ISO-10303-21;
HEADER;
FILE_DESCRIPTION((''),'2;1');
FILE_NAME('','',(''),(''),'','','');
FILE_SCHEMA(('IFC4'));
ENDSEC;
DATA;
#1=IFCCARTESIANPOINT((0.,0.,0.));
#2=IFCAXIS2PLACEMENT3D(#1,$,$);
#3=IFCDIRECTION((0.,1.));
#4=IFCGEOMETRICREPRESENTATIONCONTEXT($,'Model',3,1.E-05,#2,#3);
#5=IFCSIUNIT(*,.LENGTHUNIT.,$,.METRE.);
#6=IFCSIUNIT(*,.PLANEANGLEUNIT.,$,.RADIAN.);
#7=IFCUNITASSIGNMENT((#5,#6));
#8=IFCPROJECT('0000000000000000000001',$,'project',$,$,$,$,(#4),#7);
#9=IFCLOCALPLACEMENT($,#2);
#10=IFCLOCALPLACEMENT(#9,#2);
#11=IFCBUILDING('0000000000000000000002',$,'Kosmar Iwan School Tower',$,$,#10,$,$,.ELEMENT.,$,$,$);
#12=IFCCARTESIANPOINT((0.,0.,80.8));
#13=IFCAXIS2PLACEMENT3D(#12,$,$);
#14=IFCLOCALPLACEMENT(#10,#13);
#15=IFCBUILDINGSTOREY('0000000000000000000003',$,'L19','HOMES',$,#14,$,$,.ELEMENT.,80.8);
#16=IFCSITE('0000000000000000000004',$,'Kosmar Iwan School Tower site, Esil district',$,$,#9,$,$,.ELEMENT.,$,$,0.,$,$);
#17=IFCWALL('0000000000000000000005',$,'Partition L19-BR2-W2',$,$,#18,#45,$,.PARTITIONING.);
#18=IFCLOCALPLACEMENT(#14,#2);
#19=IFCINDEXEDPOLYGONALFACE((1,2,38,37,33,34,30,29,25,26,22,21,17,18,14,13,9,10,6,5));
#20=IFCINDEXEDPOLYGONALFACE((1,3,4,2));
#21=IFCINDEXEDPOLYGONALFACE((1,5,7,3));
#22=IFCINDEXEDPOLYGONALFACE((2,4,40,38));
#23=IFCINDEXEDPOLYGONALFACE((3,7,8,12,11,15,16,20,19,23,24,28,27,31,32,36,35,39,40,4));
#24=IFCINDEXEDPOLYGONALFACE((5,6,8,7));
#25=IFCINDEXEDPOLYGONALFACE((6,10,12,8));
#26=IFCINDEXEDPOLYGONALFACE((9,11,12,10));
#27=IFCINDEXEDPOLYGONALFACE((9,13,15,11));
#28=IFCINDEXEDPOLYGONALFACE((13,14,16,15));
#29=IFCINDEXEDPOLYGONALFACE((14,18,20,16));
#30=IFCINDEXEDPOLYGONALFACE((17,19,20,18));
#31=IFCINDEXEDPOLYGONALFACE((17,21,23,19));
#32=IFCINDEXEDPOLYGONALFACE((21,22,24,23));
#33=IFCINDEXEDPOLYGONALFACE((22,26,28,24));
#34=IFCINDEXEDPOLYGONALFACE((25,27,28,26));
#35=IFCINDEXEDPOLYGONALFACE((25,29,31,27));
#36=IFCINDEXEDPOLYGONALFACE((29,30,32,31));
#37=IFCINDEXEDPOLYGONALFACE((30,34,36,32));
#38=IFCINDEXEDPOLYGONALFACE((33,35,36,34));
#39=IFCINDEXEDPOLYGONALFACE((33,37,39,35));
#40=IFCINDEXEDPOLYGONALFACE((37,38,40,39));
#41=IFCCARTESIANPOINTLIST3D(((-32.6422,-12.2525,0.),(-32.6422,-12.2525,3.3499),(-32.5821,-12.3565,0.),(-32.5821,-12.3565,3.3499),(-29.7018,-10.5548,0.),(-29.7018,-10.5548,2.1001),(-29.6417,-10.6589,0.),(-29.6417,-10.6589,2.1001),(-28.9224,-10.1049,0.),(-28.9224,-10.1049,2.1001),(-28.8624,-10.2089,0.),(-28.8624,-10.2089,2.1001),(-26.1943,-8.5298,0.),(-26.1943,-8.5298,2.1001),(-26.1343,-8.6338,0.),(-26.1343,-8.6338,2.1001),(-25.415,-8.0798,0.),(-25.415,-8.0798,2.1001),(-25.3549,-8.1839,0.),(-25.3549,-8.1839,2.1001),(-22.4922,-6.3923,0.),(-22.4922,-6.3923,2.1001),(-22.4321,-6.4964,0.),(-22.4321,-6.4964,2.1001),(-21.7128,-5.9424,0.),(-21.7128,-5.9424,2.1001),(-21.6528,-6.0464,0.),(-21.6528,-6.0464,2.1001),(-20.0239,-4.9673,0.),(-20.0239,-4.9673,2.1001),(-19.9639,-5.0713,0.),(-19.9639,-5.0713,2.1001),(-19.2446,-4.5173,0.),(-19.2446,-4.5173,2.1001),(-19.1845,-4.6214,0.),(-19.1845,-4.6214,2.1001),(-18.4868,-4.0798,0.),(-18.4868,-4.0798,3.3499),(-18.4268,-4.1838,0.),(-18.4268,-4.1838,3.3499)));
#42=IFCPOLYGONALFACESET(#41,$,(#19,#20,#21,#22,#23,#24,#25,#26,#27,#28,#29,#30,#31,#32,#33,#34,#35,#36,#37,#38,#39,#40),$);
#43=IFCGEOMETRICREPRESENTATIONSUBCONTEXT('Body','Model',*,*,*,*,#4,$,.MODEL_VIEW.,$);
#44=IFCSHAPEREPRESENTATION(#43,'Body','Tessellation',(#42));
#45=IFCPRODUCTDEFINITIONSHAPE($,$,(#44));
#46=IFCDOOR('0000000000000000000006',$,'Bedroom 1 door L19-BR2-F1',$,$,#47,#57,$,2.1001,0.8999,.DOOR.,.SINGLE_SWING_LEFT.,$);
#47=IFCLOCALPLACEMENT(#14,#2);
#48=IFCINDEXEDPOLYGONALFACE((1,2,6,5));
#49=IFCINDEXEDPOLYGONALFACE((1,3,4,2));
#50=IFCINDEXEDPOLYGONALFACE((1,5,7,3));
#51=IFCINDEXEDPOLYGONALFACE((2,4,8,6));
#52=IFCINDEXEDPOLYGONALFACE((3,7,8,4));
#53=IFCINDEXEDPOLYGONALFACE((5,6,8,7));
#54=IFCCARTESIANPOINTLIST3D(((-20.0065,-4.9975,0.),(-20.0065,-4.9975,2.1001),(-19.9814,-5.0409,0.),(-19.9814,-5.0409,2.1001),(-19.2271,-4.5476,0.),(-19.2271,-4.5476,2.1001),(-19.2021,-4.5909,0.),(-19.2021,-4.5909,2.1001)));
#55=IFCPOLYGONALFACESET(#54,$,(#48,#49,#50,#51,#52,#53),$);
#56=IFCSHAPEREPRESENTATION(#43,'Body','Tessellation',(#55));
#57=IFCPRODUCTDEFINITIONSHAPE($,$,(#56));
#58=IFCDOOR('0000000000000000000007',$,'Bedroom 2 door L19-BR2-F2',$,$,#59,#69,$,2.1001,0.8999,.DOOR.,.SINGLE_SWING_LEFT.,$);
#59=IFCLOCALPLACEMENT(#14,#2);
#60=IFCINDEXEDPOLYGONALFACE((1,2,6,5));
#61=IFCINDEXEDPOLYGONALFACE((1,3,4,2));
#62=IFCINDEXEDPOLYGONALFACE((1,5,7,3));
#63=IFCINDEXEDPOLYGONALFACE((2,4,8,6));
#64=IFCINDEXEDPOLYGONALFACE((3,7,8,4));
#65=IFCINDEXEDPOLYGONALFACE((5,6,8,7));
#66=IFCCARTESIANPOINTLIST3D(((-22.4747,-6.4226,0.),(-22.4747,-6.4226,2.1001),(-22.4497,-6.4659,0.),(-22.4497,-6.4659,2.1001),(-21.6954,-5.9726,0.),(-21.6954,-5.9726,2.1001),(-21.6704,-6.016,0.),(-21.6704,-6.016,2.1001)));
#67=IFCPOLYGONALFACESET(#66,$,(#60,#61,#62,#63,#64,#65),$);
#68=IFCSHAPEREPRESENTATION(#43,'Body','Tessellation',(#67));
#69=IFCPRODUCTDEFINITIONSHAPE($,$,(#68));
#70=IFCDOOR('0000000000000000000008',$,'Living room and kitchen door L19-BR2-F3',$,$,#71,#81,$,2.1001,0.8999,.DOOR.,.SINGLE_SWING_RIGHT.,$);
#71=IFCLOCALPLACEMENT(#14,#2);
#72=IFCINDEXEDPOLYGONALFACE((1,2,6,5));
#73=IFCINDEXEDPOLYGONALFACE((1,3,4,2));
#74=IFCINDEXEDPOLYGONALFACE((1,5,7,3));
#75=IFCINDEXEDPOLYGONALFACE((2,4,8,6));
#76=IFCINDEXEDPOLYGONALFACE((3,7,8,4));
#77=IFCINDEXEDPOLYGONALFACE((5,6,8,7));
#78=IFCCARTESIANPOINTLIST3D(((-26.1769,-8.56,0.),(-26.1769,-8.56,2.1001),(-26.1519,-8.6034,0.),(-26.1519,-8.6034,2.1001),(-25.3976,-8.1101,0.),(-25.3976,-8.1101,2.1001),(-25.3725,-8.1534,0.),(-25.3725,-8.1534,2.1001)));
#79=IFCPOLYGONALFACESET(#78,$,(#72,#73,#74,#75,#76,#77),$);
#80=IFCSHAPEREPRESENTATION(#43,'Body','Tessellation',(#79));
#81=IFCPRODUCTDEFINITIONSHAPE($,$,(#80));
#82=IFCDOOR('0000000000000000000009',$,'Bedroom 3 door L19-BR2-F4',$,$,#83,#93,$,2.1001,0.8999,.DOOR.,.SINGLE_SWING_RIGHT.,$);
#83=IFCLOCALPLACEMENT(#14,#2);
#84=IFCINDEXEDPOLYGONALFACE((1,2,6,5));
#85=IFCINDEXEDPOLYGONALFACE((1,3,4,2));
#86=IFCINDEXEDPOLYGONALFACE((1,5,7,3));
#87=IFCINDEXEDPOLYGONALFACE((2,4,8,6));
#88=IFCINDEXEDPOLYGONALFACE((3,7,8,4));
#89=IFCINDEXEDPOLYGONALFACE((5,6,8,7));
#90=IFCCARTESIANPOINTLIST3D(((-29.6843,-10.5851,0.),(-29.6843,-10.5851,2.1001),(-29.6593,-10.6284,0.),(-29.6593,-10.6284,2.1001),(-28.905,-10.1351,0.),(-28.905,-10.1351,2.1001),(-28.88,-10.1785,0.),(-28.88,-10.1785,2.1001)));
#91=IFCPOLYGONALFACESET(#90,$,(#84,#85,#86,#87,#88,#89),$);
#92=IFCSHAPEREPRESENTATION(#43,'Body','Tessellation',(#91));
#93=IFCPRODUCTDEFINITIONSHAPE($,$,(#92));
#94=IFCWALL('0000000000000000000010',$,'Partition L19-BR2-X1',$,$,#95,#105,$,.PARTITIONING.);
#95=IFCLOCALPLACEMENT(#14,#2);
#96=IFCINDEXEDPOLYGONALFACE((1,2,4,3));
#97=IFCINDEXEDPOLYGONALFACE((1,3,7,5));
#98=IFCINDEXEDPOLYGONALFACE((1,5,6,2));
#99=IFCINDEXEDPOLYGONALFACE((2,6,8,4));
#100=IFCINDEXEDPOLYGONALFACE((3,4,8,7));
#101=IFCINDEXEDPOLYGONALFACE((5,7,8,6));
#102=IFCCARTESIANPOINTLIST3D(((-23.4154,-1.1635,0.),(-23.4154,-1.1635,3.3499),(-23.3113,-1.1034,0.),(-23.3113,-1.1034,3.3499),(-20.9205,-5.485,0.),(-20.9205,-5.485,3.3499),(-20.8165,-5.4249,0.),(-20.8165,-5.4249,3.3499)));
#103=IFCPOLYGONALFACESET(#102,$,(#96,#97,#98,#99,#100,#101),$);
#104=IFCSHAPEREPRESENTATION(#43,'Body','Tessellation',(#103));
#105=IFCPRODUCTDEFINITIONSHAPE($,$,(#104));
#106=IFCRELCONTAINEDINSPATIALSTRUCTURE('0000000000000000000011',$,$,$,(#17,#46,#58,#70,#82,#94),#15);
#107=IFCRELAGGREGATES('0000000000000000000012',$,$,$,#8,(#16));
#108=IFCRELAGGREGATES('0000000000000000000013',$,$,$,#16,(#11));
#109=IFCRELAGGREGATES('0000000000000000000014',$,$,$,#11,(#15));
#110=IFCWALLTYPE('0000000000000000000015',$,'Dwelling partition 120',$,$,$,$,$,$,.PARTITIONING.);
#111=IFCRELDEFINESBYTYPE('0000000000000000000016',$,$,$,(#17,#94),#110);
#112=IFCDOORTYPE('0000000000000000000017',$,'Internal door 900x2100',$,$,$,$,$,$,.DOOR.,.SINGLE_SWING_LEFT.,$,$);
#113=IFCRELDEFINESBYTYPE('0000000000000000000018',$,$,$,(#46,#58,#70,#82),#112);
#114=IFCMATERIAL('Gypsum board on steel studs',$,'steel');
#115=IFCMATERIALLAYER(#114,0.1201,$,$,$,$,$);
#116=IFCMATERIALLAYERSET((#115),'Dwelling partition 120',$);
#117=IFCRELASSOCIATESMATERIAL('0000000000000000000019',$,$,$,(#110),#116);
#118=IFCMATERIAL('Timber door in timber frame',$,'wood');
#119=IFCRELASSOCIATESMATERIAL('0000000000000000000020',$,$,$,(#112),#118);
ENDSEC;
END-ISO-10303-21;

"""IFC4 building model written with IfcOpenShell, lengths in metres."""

from ifc_helpers import new_model, si_unit, direction, frame, frame_2d, origin, place, context, subcontext, project, spatial, rectangle, extrude, material, layer, layer_set, type_object, element, fill, save


model = new_model("IFC4")

# Units and contexts
model_context = context("Model", 3, precision=1e-05, world=origin(), true_north=direction((0.0, 1.0)))
body_context = subcontext(model_context, "Body", "Model", "MODEL_VIEW")
ifc_project = project(units=[si_unit("LENGTHUNIT", "METRE"), si_unit("PLANEANGLEUNIT", "RADIAN")], contexts=[model_context])

# Site, building, storey
site_placement = place(None, origin())
site = spatial("IfcSite", under=ifc_project, at=site_placement, Name="Kosmar Iwan School Tower site, Esil district", CompositionType="ELEMENT", RefElevation=0.0)
building_placement = place(site_placement, origin())
building = spatial("IfcBuilding", under=site, at=building_placement, Name="Kosmar Iwan School Tower", CompositionType="ELEMENT")
storey_placement = place(building_placement, frame((0.0, 0.0, 80.8)))
storey = spatial("IfcBuildingStorey", under=building, at=storey_placement, Name="L19", Description="HOMES", CompositionType="ELEMENT", Elevation=80.8)

# Shared definitions
ifc_material_1 = material(Name="Gypsum board on steel studs", Category="steel")
ifc_layer = layer(ifc_material_1, 0.1201)
ifc_layer_set = layer_set([ifc_layer], Name="Dwelling partition 120")
wall_type = type_object("IfcWallType", Name="Dwelling partition 120", PredefinedType="PARTITIONING", material=ifc_layer_set)

# Wall, openings, doors
ifc_material_2 = material(Name="Timber door in timber frame", Category="wood")
door_type_1 = type_object("IfcDoorType", Name="Internal door 900x2100", OperationType="SINGLE_SWING_LEFT", PredefinedType="DOOR", material=ifc_material_2)
wall_1_placement = place(storey_placement, frame((-18.4568, -4.1318, 0.0), z_axis=(0.0, 0.0, 1.0), x_axis=(-0.866024, -0.500003, 0.0)))
wall_1 = element("IfcWall", 1, at=wall_1_placement, inside=storey, type_object=wall_type, Name="Partition L19-BR2-W2", PredefinedType="PARTITIONING", context=body_context, shape_type="SweptSolid", body=[
    extrude(rectangle(XDim=16.3452, YDim=0.1201, at=frame_2d((8.1726, 0.0))), origin(), (0.0, 0.0, 1.0), 3.3499),
])
opening_1_placement = place(wall_1_placement, frame((0.875, 0.0, 0.0)))
opening_1 = element("IfcOpeningElement", 2, at=opening_1_placement, cuts=wall_1, PredefinedType="OPENING", context=body_context, shape_type="SweptSolid", body=[
    extrude(rectangle(XDim=0.8999, YDim=2.1001, at=frame_2d((0.45, 1.05))), frame((0.0, 0.072, 0.0), z_axis=(0.0, -1.0, 0.0), x_axis=(1.0, 0.0, 0.0)), (0.0, 0.0, 1.0), 0.144),
])
opening_2_placement = place(wall_1_placement, frame((3.7251, 0.0, 0.0)))
opening_2 = element("IfcOpeningElement", 3, at=opening_2_placement, cuts=wall_1, PredefinedType="OPENING", context=body_context, shape_type="SweptSolid", body=[
    extrude(rectangle(XDim=0.8999, YDim=2.1001, at=frame_2d((0.45, 1.05))), frame((0.0, 0.072, 0.0), z_axis=(0.0, -1.0, 0.0), x_axis=(1.0, 0.0, 0.0)), (0.0, 0.0, 1.0), 0.144),
])
opening_3_placement = place(wall_1_placement, frame((8.0, 0.0, 0.0)))
opening_3 = element("IfcOpeningElement", 4, at=opening_3_placement, cuts=wall_1, PredefinedType="OPENING", context=body_context, shape_type="SweptSolid", body=[
    extrude(rectangle(XDim=0.8999, YDim=2.1001, at=frame_2d((0.45, 1.05))), frame((0.0, 0.072, 0.0), z_axis=(0.0, -1.0, 0.0), x_axis=(1.0, 0.0, 0.0)), (0.0, 0.0, 1.0), 0.144),
])
opening_4_placement = place(wall_1_placement, frame((12.05, 0.0, 0.0)))
opening_4 = element("IfcOpeningElement", 5, at=opening_4_placement, cuts=wall_1, PredefinedType="OPENING", context=body_context, shape_type="SweptSolid", body=[
    extrude(rectangle(XDim=0.8999, YDim=2.1001, at=frame_2d((0.45, 1.05))), frame((0.0, 0.072, 0.0), z_axis=(0.0, -1.0, 0.0), x_axis=(1.0, 0.0, 0.0)), (0.0, 0.0, 1.0), 0.144),
])
door_1_placement = place(opening_1_placement, origin())
door_1 = element("IfcDoor", 6, at=door_1_placement, inside=storey, type_object=door_type_1, Name="Bedroom 1 door L19-BR2-F1", OperationType="SINGLE_SWING_LEFT", OverallHeight=2.1001, OverallWidth=0.8999, PredefinedType="DOOR", context=body_context, shape_type="SweptSolid", body=[
    extrude(rectangle(XDim=0.8999, YDim=2.1001, at=frame_2d((0.45, 1.05))), frame((0.0, 0.0249, 0.0), z_axis=(0.0, -1.0, 0.0), x_axis=(1.0, 0.0, 0.0)), (0.0, 0.0, 1.0), 0.05),
])
fill(opening_1, door_1)
door_2_placement = place(opening_2_placement, origin())
door_2 = element("IfcDoor", 7, at=door_2_placement, inside=storey, type_object=door_type_1, Name="Bedroom 2 door L19-BR2-F2", OperationType="SINGLE_SWING_LEFT", OverallHeight=2.1001, OverallWidth=0.8999, PredefinedType="DOOR", context=body_context, shape_type="SweptSolid", body=[
    extrude(rectangle(XDim=0.8999, YDim=2.1001, at=frame_2d((0.45, 1.05))), frame((0.0, 0.0249, 0.0), z_axis=(0.0, -1.0, 0.0), x_axis=(1.0, 0.0, 0.0)), (0.0, 0.0, 1.0), 0.05),
])
fill(opening_2, door_2)
door_3_placement = place(opening_3_placement, origin())
door_3 = element("IfcDoor", 8, at=door_3_placement, inside=storey, type_object=door_type_1, Name="Living room and kitchen door L19-BR2-F3", OperationType="SINGLE_SWING_RIGHT", OverallHeight=2.1001, OverallWidth=0.8999, PredefinedType="DOOR", context=body_context, shape_type="SweptSolid", body=[
    extrude(rectangle(XDim=0.8999, YDim=2.1001, at=frame_2d((0.45, 1.05))), frame((0.0, 0.0249, 0.0), z_axis=(0.0, -1.0, 0.0), x_axis=(1.0, 0.0, 0.0)), (0.0, 0.0, 1.0), 0.05),
])
fill(opening_3, door_3)
door_4_placement = place(opening_4_placement, origin())
door_4 = element("IfcDoor", 9, at=door_4_placement, inside=storey, type_object=door_type_1, Name="Bedroom 3 door L19-BR2-F4", OperationType="SINGLE_SWING_RIGHT", OverallHeight=2.1001, OverallWidth=0.8999, PredefinedType="DOOR", context=body_context, shape_type="SweptSolid", body=[
    extrude(rectangle(XDim=0.8999, YDim=2.1001, at=frame_2d((0.45, 1.05))), frame((0.0, 0.0249, 0.0), z_axis=(0.0, -1.0, 0.0), x_axis=(1.0, 0.0, 0.0)), (0.0, 0.0, 1.0), 0.05),
])
fill(opening_4, door_4)

# Wall
wall_2_placement = place(storey_placement, frame((-20.8684, -5.4551, 0.0), z_axis=(0.0, 0.0, 1.0), x_axis=(-0.499975, 0.86604, 0.0)))
element("IfcWall", 10, at=wall_2_placement, inside=storey, type_object=wall_type, Name="Partition L19-BR2-X1", PredefinedType="PARTITIONING", context=body_context, shape_type="SweptSolid", body=[
    extrude(rectangle(XDim=4.99, YDim=0.1201, at=frame_2d((2.4951, 0.0))), origin(), (0.0, 0.0, 1.0), 3.3499),
])

save(model, "model.ifc")
